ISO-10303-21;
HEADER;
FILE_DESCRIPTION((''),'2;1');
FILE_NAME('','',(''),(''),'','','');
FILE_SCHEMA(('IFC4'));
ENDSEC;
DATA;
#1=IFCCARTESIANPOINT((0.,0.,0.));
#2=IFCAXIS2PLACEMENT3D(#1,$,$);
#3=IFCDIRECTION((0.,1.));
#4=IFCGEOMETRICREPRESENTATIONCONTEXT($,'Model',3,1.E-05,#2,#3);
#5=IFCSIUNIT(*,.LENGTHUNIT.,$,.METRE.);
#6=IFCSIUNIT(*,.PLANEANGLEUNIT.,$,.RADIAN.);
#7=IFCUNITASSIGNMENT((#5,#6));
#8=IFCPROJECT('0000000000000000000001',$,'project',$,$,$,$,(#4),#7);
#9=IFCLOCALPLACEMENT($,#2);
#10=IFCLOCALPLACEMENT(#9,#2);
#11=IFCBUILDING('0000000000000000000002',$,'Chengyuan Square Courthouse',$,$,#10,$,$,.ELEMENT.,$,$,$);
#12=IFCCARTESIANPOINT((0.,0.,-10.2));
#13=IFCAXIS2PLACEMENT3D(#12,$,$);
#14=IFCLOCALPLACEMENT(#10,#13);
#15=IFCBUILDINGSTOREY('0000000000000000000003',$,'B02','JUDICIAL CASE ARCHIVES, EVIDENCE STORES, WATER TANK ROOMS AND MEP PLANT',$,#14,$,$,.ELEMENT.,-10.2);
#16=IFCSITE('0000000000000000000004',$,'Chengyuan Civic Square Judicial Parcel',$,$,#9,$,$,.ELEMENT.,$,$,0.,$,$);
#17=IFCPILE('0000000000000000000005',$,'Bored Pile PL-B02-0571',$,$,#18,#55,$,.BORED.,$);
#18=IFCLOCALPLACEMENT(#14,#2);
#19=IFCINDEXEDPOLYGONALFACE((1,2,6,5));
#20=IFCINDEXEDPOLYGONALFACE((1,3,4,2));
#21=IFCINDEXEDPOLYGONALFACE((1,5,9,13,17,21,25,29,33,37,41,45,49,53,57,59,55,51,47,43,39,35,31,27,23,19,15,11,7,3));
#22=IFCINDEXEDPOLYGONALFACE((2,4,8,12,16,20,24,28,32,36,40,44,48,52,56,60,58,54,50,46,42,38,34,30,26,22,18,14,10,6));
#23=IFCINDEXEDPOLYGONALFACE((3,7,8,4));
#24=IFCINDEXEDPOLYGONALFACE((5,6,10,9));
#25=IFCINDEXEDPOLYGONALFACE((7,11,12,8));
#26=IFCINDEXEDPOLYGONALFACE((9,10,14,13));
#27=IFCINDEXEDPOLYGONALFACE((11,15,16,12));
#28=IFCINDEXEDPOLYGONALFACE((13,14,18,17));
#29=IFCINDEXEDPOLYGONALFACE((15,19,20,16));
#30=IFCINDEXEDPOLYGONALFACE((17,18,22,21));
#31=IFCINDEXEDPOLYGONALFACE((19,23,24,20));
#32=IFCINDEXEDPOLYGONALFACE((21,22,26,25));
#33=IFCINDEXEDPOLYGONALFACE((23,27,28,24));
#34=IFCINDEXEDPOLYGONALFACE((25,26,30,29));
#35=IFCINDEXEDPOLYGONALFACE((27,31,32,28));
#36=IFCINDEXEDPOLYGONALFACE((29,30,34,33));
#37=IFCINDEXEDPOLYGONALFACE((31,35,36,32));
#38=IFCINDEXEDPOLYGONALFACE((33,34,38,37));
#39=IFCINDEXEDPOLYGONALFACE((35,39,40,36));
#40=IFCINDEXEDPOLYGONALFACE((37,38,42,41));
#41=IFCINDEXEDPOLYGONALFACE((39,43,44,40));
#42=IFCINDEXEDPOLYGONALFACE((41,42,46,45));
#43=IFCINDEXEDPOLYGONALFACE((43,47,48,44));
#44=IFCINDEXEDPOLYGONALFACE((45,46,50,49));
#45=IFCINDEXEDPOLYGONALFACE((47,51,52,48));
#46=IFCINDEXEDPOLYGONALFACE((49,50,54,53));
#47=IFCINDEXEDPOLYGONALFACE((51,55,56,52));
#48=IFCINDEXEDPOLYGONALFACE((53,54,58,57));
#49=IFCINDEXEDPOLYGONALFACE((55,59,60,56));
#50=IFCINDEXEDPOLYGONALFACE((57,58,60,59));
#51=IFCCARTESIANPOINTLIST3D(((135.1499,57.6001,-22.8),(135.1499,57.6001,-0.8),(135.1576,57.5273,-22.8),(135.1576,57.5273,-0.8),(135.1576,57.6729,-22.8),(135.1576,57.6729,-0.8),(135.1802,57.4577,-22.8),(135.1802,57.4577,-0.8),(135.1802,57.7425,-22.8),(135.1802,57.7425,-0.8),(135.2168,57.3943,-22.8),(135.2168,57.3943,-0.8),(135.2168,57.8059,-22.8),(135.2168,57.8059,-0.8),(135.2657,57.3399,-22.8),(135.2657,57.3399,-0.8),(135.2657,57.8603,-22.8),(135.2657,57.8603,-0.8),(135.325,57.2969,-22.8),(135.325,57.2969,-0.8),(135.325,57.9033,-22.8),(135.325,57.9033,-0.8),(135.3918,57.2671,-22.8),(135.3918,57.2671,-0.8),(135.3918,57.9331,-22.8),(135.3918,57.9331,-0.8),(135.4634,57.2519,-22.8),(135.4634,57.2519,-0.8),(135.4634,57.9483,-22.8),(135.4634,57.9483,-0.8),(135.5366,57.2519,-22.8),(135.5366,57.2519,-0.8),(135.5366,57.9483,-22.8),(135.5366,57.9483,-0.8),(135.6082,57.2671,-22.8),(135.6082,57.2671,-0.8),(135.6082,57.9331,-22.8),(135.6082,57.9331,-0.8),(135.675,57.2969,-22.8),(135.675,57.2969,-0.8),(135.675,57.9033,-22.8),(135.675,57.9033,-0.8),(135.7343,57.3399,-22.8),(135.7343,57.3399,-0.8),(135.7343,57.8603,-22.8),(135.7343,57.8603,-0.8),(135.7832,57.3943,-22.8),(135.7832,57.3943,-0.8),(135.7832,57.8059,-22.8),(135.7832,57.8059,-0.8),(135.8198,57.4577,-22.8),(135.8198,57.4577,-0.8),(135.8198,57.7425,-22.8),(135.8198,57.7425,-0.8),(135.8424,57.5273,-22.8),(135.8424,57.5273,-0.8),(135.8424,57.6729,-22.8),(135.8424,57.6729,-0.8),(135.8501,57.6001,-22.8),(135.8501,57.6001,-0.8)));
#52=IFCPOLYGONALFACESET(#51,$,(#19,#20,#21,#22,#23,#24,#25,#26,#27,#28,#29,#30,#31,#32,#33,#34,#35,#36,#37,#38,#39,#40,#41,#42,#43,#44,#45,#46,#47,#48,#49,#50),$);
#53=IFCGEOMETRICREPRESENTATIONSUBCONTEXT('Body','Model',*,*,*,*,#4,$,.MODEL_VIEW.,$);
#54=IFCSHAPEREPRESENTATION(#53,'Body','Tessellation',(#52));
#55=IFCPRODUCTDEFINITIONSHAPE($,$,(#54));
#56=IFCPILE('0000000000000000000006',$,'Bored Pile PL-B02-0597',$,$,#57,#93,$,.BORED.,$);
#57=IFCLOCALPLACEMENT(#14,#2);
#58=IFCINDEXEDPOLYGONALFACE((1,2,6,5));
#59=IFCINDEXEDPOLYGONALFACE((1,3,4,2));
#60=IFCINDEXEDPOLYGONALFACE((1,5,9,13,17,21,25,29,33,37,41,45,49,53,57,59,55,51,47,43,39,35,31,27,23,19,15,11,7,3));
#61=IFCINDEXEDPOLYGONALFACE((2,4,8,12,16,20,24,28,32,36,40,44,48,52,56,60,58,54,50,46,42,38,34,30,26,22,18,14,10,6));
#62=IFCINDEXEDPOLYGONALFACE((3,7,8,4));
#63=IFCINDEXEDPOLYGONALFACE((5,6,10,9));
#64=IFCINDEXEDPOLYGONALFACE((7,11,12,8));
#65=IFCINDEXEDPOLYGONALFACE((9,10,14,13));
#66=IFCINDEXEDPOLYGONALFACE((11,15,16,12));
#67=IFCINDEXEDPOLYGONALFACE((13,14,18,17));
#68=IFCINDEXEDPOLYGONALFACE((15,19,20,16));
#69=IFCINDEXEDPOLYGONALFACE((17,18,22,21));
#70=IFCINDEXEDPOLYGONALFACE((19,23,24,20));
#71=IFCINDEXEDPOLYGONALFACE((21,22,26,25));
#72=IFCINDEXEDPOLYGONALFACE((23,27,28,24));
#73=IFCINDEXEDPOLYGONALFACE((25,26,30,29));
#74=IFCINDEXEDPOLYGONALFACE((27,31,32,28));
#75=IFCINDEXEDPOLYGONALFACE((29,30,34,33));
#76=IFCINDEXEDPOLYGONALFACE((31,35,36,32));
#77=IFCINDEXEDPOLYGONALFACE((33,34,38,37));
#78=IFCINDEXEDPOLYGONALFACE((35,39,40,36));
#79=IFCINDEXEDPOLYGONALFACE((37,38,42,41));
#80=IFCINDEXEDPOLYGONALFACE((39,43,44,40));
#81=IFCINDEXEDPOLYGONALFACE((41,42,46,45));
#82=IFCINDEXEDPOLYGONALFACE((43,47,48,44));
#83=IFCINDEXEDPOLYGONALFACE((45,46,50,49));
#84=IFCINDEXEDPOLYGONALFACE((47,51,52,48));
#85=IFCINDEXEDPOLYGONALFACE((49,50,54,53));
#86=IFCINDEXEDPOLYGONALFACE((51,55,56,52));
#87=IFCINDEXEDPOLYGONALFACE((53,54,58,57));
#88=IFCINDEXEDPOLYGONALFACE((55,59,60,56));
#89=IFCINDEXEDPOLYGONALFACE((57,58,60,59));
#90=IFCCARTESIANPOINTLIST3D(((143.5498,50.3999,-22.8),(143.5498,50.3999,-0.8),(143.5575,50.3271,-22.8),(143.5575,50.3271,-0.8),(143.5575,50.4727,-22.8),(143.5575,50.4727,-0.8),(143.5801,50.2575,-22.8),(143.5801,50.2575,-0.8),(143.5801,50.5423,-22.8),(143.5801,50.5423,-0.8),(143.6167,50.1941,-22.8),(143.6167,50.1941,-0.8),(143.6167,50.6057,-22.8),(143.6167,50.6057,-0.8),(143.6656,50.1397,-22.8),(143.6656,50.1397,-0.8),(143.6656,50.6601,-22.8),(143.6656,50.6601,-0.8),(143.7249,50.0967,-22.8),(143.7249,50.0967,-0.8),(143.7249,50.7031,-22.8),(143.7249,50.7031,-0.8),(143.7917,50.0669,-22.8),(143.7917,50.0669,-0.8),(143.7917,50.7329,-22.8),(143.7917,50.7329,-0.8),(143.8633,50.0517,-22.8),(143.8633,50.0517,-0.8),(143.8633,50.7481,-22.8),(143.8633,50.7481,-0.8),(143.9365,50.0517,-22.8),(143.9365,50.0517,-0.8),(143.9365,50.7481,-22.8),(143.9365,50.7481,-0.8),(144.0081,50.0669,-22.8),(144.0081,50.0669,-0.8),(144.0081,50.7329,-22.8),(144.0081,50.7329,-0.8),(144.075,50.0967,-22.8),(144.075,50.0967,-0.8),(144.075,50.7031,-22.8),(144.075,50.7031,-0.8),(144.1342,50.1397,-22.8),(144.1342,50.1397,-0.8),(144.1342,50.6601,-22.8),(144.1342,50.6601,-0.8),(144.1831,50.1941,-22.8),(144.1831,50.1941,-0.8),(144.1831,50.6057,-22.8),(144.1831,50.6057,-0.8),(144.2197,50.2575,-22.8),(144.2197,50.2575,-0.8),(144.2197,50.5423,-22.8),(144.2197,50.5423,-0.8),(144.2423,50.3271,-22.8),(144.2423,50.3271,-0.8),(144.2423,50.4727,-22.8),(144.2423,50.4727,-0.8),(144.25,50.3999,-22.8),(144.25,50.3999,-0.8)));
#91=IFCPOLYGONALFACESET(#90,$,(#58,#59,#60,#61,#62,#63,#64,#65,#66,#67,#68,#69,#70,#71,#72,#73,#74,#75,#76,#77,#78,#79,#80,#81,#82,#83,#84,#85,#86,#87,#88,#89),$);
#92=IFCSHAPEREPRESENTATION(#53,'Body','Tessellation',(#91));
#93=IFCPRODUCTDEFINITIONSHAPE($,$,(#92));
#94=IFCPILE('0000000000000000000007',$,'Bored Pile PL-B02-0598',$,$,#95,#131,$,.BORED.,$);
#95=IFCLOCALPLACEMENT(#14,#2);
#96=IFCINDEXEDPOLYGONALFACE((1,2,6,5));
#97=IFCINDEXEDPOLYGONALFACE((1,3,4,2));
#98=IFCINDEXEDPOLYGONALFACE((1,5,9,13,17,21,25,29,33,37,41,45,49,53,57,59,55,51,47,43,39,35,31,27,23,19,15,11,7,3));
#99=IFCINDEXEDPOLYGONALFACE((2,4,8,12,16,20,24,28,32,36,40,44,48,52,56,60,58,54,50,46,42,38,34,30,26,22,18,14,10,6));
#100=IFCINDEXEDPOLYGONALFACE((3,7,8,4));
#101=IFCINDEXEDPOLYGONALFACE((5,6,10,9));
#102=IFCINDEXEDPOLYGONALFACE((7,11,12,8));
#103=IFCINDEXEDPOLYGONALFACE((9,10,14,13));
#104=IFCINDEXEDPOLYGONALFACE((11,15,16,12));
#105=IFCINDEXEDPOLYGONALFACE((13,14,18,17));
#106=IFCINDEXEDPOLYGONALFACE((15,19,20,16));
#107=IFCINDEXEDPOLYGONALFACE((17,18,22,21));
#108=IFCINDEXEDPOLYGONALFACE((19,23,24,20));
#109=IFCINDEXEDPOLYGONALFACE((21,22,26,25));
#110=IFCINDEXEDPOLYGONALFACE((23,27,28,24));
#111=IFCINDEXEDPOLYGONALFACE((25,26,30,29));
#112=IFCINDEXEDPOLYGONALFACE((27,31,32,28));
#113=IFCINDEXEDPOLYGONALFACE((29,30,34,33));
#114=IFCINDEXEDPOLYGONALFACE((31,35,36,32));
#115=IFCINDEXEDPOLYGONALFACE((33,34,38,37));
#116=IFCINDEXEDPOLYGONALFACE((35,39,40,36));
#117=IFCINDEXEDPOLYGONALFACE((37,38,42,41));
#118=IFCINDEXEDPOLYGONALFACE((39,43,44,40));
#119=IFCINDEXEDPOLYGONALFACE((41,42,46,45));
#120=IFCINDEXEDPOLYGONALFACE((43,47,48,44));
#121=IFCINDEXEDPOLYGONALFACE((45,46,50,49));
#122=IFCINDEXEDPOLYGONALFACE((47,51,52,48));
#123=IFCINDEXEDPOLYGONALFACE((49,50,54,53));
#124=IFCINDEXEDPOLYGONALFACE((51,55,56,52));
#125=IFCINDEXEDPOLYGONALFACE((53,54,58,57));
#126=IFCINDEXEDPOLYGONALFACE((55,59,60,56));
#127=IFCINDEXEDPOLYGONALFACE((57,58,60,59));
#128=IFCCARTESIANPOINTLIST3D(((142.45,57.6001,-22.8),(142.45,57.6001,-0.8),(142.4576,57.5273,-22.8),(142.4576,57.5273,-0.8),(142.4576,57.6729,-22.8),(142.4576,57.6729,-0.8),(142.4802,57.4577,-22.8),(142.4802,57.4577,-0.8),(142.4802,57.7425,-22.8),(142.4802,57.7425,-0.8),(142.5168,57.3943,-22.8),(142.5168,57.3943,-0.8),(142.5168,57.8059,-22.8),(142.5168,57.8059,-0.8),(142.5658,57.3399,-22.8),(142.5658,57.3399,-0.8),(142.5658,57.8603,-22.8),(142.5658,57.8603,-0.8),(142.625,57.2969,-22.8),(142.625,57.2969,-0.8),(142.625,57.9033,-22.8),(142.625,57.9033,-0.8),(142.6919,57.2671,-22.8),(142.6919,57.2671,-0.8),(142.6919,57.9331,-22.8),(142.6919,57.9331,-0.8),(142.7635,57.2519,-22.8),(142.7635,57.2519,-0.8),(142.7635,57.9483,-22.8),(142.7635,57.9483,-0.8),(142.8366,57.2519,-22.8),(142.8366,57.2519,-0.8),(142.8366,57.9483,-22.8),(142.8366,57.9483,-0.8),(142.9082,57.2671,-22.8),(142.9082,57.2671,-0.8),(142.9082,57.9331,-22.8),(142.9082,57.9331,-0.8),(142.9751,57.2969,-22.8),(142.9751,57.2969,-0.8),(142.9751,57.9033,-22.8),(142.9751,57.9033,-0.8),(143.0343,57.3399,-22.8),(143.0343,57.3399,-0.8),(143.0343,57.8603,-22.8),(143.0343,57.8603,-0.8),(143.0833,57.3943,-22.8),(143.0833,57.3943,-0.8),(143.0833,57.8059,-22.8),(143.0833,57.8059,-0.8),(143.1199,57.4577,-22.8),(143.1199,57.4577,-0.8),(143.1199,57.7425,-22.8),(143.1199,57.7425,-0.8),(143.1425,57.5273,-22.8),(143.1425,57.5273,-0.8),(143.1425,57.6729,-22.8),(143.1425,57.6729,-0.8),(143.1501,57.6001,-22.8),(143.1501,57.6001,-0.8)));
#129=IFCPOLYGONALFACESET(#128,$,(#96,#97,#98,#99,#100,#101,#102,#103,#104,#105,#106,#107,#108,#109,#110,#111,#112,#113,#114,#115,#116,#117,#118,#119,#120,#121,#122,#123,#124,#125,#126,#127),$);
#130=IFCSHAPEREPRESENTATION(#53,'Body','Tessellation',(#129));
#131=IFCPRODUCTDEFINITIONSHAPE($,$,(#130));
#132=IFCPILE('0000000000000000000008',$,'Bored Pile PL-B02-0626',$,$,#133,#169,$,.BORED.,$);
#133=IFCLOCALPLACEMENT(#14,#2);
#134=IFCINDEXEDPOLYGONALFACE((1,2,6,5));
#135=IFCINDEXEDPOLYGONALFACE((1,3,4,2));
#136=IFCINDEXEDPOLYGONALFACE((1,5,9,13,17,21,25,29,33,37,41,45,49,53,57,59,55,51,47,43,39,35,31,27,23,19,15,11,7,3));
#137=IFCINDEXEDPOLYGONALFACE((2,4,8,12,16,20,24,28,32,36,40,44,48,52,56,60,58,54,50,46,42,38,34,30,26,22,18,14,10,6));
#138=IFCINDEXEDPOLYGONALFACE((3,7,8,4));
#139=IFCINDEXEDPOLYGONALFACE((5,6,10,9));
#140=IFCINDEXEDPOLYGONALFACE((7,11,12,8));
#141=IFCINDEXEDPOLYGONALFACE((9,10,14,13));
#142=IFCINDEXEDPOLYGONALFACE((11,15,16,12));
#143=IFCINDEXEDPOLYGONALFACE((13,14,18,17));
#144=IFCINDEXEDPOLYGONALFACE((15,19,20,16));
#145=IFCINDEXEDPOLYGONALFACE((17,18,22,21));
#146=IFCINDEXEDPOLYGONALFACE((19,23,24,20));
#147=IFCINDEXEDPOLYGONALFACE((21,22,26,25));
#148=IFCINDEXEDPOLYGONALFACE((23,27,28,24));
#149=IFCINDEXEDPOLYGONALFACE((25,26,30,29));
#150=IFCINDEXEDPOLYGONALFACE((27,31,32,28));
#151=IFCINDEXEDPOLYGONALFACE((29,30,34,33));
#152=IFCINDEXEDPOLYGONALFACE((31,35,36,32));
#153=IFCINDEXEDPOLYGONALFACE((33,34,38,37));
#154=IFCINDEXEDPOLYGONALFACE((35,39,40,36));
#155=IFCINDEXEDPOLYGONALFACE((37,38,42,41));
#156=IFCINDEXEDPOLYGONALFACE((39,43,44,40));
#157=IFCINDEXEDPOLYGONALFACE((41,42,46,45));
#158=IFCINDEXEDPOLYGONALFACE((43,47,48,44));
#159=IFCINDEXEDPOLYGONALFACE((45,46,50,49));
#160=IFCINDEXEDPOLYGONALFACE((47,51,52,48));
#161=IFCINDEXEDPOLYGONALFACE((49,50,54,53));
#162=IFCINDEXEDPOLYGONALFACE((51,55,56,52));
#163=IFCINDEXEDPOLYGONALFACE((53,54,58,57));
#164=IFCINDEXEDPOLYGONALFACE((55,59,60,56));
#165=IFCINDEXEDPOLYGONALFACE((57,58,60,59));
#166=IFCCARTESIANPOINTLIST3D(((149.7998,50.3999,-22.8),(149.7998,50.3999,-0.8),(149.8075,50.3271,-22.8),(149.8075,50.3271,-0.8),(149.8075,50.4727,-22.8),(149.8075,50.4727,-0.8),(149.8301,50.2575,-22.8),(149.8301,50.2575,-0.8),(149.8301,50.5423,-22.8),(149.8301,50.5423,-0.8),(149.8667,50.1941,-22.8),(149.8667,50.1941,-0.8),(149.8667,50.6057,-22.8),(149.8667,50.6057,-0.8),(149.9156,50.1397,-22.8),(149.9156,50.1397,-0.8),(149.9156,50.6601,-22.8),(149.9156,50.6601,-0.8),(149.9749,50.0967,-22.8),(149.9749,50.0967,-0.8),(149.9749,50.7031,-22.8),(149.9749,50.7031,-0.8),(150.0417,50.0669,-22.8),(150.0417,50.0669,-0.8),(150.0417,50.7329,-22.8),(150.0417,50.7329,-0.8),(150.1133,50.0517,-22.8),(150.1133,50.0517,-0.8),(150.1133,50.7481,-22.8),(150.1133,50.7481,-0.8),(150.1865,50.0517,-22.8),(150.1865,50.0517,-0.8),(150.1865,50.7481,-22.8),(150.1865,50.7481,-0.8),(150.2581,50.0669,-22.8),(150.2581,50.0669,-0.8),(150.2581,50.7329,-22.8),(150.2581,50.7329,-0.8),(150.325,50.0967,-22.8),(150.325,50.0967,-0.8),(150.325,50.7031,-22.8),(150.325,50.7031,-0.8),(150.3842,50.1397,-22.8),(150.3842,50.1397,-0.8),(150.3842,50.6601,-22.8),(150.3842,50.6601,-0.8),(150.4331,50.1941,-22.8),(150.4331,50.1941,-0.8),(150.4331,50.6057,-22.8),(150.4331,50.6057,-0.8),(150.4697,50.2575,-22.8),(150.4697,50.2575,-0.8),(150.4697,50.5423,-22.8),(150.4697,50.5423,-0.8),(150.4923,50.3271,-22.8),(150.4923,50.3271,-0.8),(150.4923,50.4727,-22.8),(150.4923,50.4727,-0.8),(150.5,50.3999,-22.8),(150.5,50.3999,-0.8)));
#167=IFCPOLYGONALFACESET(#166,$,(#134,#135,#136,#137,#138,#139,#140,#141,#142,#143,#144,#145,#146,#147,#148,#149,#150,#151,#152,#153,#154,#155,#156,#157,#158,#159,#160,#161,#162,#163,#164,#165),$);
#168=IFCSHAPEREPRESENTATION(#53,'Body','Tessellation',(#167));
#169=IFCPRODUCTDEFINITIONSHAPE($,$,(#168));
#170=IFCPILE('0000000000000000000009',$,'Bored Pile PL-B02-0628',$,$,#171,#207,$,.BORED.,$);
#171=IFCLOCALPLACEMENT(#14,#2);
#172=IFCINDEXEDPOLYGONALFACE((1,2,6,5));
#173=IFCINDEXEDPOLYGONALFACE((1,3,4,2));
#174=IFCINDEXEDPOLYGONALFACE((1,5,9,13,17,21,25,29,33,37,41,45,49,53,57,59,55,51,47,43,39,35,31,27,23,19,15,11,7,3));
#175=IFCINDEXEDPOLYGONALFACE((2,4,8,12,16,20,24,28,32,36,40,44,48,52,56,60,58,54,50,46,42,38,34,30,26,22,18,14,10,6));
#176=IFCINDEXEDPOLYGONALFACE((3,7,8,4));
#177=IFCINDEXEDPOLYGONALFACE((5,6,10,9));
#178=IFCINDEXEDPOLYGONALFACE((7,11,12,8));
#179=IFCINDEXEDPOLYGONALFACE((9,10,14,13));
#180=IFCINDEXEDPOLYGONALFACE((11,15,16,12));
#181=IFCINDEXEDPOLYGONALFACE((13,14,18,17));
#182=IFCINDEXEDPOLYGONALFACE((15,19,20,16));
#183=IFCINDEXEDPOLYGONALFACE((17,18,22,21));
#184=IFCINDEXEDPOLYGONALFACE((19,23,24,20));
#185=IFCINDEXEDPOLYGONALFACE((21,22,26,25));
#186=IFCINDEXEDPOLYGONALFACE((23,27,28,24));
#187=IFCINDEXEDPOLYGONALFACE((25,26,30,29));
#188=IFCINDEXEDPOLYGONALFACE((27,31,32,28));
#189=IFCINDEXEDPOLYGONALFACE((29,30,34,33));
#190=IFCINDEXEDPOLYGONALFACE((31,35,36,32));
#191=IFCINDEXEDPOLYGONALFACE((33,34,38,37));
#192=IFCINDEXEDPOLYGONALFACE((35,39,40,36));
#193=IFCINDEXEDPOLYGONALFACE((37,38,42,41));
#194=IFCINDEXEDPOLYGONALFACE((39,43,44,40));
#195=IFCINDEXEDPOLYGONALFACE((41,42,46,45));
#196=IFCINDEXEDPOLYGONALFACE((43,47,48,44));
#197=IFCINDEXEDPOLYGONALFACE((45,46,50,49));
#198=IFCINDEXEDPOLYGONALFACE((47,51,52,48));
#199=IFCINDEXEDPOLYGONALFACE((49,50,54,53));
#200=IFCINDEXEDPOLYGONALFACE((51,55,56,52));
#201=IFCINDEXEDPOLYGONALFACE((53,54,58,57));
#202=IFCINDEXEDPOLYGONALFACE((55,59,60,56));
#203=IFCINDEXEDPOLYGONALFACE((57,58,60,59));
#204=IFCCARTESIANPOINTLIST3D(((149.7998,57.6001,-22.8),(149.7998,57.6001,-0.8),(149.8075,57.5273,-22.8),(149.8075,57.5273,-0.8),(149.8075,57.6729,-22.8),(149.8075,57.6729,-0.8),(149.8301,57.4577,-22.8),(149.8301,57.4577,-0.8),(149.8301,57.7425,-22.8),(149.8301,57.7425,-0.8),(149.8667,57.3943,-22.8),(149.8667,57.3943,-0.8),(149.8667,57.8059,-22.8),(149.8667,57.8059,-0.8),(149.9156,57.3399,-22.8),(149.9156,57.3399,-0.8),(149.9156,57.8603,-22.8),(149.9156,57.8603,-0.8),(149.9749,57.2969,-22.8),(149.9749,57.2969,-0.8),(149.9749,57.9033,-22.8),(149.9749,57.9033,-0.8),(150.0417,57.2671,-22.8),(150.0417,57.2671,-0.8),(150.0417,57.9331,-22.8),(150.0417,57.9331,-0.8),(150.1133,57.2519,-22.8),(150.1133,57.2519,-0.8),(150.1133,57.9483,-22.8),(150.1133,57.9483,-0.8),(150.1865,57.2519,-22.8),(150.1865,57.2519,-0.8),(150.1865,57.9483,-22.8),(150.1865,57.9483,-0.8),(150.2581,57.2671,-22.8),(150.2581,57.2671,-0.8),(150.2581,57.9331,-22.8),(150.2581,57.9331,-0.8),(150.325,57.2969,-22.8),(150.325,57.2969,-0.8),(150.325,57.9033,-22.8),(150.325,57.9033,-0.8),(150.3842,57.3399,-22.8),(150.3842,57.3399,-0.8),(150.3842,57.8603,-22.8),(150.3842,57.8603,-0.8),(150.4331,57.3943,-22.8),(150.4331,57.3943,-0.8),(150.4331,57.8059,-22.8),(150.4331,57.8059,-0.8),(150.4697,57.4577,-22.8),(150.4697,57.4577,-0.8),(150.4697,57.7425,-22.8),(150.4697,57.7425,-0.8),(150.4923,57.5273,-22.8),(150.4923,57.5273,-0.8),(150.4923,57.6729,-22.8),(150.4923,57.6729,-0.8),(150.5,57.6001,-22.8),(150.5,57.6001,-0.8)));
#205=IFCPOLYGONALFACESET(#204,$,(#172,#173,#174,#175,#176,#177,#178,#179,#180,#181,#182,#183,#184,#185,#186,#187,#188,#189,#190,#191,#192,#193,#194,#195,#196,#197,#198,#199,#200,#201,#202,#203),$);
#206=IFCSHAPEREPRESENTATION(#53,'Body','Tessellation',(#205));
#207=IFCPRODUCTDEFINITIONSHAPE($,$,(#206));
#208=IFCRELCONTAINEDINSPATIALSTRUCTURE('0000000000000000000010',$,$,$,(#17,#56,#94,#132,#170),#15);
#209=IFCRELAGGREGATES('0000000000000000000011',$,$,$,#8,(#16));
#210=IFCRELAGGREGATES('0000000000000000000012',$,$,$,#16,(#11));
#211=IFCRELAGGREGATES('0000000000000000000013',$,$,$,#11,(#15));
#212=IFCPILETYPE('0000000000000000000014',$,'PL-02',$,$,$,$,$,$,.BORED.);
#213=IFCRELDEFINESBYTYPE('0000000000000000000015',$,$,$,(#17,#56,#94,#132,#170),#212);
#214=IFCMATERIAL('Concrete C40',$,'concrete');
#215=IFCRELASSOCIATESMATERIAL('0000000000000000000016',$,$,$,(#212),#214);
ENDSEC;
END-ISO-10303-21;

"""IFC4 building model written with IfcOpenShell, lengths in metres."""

from ifc_helpers import new_model, si_unit, direction, frame, origin, origin_2d, place, context, subcontext, project, spatial, circle, extrude, material, material_profile, profile_set, type_object, element, save


model = new_model("IFC4")

# Units and contexts
model_context = context("Model", 3, precision=1e-05, world=origin(), true_north=direction((0.0, 1.0)))
body_context = subcontext(model_context, "Body", "Model", "MODEL_VIEW")
ifc_project = project(units=[si_unit("LENGTHUNIT", "METRE"), si_unit("PLANEANGLEUNIT", "RADIAN")], contexts=[model_context])

# Site, building, storey
site_placement = place(None, origin())
site = spatial("IfcSite", under=ifc_project, at=site_placement, Name="Chengyuan Civic Square Judicial Parcel", CompositionType="ELEMENT", RefElevation=0.0)
building_placement = place(site_placement, origin())
building = spatial("IfcBuilding", under=site, at=building_placement, Name="Chengyuan Square Courthouse", CompositionType="ELEMENT")
storey_placement = place(building_placement, frame((0.0, 0.0, -10.2)))
storey = spatial("IfcBuildingStorey", under=building, at=storey_placement, Name="B02", Description="JUDICIAL CASE ARCHIVES, EVIDENCE STORES, WATER TANK ROOMS AND MEP PLANT", CompositionType="ELEMENT", Elevation=-10.2)

# Shared definitions
ifc_material_1 = material(Name="Concrete C40", Category="concrete")

# Piles
ifc_material_profile_1 = material_profile(ifc_material_1, circle(Radius=0.3501, at=origin_2d()), Name="BORED PILE D700")
ifc_profile_set_1 = profile_set([ifc_material_profile_1], Name="Concrete C40")
pile_type_1 = type_object("IfcPileType", Name="PL-02", PredefinedType="BORED", material=ifc_profile_set_1)
for number, where, z_axis, x_axis, name in (
    (1, (135.5, 57.6001, -0.8), (0.0, 0.0, -1.0), (1.0, 0.0, 0.0), "Bored Pile PL-B02-0571"),
    (2, (143.8999, 50.3999, -0.8), (0.0, 0.0, -1.0), (1.0, 0.0, 0.0), "Bored Pile PL-B02-0597"),
    (3, (142.8, 57.6001, -0.8), (0.0, 0.0, -1.0), (1.0, 0.0, 0.0), "Bored Pile PL-B02-0598"),
    (4, (150.1499, 50.3999, -0.8), (0.0, 0.0, -1.0), (1.0, 0.0, 0.0), "Bored Pile PL-B02-0626"),
    (5, (150.1499, 57.6001, -0.8), (0.0, 0.0, -1.0), (1.0, 0.0, 0.0), "Bored Pile PL-B02-0628"),
):
    element("IfcPile", number, at=place(storey_placement, frame(where, z_axis=z_axis, x_axis=x_axis)), inside=storey, type_object=pile_type_1, Name=name, PredefinedType="BORED", context=body_context, shape_type="SweptSolid", body=[
        extrude(circle(Radius=0.3501, at=origin_2d()), origin(), (0.0, 0.0, 1.0), 22.0),
    ])

save(model, "model.ifc")
